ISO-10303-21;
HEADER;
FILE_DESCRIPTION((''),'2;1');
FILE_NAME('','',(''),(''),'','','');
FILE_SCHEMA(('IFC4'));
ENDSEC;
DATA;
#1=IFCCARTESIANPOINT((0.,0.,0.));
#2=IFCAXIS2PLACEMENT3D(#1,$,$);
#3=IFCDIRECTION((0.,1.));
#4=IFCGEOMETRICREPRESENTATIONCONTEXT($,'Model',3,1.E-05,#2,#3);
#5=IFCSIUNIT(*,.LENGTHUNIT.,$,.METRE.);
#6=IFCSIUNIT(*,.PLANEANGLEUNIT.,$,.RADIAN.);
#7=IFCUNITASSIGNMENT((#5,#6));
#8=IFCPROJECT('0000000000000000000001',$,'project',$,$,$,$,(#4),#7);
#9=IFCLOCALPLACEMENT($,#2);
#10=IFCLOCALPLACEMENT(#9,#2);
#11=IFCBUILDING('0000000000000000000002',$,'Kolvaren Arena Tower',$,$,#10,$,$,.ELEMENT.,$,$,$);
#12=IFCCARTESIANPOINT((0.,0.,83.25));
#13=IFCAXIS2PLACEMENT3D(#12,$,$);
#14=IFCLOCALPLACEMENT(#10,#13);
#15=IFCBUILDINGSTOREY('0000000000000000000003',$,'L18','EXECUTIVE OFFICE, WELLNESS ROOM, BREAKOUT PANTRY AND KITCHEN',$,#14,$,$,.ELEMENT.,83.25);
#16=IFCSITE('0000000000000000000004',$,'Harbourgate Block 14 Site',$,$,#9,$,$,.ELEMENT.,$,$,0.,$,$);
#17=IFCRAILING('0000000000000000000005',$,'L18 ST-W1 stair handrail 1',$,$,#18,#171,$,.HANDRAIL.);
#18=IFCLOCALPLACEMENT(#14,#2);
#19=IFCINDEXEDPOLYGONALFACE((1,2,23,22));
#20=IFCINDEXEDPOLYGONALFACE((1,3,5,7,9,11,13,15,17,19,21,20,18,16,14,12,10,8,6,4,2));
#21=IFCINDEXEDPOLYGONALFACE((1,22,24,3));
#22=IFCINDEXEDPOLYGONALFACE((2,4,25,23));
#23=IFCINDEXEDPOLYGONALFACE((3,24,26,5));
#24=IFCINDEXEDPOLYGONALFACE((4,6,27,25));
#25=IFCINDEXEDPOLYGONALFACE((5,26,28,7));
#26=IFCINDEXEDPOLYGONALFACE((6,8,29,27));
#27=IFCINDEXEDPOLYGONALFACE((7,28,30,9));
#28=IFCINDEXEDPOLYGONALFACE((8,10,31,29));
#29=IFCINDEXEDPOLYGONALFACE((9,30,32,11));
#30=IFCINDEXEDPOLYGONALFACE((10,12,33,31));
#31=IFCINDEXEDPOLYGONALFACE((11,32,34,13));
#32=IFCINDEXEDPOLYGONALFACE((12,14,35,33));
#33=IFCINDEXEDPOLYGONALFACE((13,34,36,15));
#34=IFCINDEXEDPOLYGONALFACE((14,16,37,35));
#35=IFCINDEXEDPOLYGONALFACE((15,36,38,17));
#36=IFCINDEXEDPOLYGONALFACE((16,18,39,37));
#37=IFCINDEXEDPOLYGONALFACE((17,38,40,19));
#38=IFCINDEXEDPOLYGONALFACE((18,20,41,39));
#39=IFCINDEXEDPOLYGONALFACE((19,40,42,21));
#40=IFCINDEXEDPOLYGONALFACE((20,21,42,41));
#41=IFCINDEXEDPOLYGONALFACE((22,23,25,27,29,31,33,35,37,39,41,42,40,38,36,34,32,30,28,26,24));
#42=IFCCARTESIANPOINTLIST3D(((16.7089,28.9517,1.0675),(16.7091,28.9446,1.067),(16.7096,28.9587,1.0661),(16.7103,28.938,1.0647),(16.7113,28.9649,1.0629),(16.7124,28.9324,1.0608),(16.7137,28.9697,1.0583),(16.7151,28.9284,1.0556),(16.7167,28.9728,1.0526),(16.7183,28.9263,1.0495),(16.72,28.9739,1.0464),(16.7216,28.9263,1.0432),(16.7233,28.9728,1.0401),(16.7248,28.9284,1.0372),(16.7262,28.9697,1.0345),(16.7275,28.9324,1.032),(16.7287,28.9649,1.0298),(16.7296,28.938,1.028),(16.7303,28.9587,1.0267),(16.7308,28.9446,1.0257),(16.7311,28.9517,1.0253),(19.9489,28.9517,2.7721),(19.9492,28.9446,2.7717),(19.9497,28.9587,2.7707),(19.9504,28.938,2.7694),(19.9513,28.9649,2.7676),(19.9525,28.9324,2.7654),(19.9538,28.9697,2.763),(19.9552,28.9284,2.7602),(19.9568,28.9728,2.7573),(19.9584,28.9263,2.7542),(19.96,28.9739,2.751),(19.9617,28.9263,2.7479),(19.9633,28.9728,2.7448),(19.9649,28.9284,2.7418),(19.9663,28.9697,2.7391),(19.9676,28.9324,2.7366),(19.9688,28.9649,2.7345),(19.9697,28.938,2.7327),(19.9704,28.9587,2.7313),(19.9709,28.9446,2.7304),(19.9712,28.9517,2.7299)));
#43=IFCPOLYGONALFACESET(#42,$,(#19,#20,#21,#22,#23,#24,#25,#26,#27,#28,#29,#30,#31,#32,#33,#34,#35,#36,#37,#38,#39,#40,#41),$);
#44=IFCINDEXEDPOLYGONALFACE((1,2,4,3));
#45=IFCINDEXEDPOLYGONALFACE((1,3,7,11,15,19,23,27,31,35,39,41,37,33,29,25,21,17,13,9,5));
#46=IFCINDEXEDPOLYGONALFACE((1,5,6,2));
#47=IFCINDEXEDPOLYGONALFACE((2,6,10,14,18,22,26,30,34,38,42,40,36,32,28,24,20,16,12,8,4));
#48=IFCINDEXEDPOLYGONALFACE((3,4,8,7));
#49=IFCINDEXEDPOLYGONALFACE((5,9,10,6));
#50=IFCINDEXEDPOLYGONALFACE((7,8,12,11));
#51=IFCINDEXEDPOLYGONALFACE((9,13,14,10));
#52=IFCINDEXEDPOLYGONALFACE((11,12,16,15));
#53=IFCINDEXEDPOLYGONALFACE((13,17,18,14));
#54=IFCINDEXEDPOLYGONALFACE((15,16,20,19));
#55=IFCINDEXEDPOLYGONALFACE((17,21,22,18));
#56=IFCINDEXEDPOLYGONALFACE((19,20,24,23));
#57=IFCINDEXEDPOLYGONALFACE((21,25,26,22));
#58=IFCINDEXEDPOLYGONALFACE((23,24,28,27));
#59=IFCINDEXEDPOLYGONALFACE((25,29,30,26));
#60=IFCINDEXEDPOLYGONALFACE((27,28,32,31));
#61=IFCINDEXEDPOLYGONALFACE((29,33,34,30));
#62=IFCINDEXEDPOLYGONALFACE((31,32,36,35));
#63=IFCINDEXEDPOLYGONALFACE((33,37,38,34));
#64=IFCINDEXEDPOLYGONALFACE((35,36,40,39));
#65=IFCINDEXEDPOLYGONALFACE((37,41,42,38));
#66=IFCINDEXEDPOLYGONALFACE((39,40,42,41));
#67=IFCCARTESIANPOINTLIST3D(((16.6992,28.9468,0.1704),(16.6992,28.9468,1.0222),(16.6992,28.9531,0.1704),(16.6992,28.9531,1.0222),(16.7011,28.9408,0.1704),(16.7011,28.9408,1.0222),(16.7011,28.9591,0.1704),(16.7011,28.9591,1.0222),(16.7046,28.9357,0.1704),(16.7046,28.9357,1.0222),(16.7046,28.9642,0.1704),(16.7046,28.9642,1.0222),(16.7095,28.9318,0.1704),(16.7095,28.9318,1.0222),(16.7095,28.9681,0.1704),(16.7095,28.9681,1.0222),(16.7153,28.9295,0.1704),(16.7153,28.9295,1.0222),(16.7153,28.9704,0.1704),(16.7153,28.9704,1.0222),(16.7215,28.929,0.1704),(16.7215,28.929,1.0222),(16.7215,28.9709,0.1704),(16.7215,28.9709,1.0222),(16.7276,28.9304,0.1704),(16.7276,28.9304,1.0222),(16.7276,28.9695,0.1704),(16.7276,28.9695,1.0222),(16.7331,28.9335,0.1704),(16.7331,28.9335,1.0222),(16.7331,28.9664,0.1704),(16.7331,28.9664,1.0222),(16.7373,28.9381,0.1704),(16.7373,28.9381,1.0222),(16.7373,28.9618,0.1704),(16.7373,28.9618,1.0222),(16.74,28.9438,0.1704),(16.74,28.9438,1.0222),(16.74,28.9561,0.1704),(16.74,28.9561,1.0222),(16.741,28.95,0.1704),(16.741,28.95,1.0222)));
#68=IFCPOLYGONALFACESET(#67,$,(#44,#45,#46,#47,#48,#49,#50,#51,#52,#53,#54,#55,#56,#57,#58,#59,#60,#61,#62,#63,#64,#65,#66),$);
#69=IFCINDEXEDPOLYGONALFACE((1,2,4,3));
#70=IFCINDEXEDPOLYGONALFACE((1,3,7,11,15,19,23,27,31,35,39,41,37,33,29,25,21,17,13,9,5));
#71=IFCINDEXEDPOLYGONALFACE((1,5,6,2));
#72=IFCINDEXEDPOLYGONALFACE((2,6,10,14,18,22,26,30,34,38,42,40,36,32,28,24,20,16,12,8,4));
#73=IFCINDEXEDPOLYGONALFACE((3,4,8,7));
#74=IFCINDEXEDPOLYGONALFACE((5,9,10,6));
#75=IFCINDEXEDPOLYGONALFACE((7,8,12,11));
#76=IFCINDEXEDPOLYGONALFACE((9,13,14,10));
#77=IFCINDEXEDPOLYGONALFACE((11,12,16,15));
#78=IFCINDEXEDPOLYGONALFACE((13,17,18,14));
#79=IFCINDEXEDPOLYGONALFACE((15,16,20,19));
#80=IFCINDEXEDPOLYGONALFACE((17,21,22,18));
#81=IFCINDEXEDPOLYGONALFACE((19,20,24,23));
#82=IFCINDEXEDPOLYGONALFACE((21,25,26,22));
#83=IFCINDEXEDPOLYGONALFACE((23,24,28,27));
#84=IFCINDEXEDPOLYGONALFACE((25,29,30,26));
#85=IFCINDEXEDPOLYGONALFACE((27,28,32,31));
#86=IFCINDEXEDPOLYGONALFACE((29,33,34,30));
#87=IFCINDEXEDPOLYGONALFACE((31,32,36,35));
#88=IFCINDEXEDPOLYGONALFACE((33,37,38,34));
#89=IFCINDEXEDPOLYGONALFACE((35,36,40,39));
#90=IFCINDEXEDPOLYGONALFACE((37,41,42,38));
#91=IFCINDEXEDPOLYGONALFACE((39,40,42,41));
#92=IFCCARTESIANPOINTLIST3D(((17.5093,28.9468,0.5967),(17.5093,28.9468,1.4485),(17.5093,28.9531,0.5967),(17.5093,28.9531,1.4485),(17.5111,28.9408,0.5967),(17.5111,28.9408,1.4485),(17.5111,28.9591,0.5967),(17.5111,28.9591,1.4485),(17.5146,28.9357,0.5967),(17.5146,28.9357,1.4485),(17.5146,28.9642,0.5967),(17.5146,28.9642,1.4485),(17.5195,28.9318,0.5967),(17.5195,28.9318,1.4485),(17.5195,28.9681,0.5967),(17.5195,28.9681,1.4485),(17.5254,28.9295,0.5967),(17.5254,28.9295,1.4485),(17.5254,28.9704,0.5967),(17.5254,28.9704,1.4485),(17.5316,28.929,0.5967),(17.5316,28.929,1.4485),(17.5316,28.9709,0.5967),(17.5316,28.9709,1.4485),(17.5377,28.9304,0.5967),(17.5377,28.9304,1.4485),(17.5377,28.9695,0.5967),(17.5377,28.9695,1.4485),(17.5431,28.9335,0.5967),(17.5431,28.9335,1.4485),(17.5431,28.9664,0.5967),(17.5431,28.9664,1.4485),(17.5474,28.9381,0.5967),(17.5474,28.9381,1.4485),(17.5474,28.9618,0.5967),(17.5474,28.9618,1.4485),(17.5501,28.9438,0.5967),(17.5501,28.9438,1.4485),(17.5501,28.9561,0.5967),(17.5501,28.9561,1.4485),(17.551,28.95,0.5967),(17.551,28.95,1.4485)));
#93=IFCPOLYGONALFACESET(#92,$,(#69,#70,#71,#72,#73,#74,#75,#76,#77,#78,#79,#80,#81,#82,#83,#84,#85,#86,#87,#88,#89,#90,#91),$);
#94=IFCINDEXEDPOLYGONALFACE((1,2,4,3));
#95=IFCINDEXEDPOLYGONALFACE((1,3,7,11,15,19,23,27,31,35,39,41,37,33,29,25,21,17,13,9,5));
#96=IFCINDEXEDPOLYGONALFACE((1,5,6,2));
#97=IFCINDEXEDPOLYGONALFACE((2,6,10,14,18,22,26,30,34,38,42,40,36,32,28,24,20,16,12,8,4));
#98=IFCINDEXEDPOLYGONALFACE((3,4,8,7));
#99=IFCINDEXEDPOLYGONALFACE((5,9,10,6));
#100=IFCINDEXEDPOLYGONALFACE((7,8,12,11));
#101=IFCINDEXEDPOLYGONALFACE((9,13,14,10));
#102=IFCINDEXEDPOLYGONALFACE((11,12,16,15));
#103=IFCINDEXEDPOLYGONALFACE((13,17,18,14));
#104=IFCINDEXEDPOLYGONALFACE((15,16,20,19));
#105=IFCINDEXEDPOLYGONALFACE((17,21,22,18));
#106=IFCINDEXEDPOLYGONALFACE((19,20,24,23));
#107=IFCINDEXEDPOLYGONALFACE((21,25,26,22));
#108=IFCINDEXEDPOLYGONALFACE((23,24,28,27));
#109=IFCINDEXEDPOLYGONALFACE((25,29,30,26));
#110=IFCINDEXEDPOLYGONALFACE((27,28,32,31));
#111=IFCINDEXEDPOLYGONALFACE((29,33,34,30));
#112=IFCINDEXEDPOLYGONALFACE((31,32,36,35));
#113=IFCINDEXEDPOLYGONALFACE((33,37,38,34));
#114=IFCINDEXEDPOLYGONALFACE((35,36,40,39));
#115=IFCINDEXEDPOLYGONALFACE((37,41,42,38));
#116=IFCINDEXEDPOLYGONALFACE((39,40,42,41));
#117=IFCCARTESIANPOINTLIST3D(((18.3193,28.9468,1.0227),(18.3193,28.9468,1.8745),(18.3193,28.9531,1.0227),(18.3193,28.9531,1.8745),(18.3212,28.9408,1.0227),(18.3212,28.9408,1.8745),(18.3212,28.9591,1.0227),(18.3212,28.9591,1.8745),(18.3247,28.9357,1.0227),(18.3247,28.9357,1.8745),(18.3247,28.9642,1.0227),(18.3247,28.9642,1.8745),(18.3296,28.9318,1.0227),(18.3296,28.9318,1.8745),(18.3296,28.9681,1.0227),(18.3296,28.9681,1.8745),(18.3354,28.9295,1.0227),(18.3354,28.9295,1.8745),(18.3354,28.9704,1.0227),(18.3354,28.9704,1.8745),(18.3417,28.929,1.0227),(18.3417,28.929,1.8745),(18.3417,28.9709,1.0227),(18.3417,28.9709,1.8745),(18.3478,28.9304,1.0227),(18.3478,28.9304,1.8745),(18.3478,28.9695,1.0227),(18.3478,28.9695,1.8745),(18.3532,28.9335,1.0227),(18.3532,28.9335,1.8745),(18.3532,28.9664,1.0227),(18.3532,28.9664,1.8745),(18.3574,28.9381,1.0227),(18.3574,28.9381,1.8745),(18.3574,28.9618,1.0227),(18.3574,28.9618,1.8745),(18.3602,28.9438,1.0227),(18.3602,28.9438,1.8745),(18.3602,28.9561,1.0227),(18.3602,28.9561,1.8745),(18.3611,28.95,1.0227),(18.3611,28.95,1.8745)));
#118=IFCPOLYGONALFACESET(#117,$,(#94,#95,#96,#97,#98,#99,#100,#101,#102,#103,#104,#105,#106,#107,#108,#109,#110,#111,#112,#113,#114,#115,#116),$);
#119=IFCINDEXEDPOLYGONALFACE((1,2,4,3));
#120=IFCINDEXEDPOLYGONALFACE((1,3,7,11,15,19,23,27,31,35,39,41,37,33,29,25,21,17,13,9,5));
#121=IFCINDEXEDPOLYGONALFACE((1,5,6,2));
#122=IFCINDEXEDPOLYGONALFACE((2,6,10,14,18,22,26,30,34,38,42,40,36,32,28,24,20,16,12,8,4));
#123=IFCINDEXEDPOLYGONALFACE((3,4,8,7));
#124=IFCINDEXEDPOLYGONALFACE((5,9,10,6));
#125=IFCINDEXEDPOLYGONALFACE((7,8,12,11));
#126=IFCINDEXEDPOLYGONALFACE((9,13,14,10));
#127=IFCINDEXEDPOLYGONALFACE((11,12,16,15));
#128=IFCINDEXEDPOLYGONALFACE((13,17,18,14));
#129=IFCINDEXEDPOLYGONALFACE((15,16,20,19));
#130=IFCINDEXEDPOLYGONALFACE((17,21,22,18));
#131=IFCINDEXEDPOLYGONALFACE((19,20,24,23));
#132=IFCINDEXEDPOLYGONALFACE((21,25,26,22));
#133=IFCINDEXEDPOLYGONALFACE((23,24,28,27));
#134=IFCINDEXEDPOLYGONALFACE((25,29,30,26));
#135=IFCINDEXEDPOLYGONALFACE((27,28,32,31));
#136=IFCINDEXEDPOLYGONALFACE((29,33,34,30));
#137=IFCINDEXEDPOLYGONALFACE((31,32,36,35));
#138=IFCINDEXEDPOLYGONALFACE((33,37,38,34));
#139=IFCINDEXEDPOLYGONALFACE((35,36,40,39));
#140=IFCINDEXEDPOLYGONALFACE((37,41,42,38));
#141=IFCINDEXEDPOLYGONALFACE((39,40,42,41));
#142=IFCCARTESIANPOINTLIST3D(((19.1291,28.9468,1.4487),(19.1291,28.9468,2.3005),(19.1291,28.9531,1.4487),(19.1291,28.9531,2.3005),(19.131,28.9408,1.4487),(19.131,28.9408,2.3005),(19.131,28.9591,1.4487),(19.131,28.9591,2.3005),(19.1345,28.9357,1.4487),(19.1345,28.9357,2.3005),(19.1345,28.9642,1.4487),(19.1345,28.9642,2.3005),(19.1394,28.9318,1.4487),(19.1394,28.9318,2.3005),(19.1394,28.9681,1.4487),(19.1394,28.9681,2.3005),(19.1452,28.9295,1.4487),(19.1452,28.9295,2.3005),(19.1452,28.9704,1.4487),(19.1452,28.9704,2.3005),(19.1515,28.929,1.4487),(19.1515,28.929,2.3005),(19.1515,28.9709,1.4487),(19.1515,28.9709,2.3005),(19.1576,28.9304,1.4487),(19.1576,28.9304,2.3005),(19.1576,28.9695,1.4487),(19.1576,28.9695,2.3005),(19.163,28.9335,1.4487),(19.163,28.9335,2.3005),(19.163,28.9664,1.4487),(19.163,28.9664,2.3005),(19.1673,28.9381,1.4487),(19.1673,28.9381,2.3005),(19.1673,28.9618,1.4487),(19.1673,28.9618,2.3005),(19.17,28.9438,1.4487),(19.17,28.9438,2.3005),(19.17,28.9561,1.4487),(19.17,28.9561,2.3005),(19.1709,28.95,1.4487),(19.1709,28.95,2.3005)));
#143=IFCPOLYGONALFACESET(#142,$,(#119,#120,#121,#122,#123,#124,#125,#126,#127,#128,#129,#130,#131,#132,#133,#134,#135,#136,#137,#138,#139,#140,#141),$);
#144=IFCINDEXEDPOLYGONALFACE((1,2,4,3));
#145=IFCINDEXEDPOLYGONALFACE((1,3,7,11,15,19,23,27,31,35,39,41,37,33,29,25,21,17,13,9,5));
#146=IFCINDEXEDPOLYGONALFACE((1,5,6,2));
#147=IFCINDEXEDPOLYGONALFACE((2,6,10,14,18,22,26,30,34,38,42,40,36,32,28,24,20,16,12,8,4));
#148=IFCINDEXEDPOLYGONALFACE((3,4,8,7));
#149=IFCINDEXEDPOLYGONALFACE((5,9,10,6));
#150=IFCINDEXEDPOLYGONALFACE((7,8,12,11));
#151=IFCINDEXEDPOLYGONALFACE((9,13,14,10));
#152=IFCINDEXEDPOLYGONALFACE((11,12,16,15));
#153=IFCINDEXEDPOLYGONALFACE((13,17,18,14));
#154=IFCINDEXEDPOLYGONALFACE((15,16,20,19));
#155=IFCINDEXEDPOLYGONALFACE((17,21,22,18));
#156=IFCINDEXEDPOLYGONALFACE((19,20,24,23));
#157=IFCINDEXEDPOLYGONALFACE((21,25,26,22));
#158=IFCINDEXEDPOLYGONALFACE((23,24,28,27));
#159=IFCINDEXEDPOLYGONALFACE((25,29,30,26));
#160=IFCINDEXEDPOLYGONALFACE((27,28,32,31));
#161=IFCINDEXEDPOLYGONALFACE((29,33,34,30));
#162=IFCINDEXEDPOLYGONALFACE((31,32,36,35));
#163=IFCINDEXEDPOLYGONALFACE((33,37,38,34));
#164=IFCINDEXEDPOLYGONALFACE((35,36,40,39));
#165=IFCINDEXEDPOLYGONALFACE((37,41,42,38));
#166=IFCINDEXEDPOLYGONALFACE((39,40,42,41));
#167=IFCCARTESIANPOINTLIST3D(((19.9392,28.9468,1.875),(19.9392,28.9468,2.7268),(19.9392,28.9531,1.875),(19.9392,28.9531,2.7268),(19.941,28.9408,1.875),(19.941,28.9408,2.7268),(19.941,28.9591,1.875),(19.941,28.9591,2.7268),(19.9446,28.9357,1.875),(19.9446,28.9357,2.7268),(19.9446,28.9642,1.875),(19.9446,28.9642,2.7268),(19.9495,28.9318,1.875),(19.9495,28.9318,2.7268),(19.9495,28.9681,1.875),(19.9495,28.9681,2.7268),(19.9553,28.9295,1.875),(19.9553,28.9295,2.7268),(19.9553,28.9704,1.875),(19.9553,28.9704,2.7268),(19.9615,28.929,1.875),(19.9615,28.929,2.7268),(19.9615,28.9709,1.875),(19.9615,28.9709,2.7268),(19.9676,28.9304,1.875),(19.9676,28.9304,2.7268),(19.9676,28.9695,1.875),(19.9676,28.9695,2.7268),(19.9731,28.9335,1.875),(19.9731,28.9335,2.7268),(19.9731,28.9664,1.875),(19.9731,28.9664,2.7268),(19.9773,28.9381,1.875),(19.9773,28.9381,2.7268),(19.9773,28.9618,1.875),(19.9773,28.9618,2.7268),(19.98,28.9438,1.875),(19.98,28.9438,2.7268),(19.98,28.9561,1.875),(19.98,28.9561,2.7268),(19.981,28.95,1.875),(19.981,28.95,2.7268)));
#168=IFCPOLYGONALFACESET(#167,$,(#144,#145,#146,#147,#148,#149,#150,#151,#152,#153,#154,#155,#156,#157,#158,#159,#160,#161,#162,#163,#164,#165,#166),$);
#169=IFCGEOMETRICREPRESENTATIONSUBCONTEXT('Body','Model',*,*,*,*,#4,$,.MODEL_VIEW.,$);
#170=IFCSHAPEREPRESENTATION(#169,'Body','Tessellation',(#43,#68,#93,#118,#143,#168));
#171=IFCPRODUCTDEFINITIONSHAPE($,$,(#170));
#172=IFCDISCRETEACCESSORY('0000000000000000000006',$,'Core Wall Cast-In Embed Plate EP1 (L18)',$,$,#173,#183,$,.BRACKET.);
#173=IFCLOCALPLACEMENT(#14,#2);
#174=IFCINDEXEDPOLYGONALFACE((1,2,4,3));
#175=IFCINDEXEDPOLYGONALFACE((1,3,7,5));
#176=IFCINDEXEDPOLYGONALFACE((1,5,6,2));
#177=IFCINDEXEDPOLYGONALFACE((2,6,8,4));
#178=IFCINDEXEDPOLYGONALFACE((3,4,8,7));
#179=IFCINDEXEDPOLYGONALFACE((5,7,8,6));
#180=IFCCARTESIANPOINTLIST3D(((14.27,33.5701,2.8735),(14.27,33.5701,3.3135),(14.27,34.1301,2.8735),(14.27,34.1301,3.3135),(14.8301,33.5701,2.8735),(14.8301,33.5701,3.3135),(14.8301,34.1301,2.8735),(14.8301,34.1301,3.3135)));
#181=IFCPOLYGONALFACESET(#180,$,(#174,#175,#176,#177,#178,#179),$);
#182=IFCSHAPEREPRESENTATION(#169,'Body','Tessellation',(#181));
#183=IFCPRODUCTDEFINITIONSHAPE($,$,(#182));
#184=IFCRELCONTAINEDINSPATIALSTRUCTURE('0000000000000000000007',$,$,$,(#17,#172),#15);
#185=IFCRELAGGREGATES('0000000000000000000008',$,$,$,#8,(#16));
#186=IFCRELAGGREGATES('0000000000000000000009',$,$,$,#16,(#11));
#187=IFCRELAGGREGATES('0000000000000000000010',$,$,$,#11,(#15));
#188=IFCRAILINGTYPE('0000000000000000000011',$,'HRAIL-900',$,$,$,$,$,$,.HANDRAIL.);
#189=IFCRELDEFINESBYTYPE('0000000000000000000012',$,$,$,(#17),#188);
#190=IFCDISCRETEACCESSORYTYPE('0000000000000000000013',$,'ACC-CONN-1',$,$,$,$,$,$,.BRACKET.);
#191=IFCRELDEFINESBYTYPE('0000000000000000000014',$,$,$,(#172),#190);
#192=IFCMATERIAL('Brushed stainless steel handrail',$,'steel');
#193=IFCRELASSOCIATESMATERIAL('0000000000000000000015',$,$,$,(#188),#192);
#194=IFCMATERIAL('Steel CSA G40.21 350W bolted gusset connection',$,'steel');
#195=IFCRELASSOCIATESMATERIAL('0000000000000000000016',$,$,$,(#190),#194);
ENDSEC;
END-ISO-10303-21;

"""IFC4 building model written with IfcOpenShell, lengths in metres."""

from ifc_helpers import new_model, si_unit, direction, frame, origin, origin_2d, place, context, subcontext, project, spatial, rectangle, circle, extrude, material, type_object, element, save


model = new_model("IFC4")

# Units and contexts
model_context = context("Model", 3, precision=1e-05, world=origin(), true_north=direction((0.0, 1.0)))
body_context = subcontext(model_context, "Body", "Model", "MODEL_VIEW")
ifc_project = project(units=[si_unit("LENGTHUNIT", "METRE"), si_unit("PLANEANGLEUNIT", "RADIAN")], contexts=[model_context])

# Site, building, storey
site_placement = place(None, origin())
site = spatial("IfcSite", under=ifc_project, at=site_placement, Name="Harbourgate Block 14 Site", CompositionType="ELEMENT", RefElevation=0.0)
building_placement = place(site_placement, origin())
building = spatial("IfcBuilding", under=site, at=building_placement, Name="Kolvaren Arena Tower", CompositionType="ELEMENT")
storey_placement = place(building_placement, frame((0.0, 0.0, 83.25)))
storey = spatial("IfcBuildingStorey", under=building, at=storey_placement, Name="L18", Description="EXECUTIVE OFFICE, WELLNESS ROOM, BREAKOUT PANTRY AND KITCHEN", CompositionType="ELEMENT", Elevation=83.25)

# Railing
ifc_material_1 = material(Name="Brushed stainless steel handrail", Category="steel")
railing_type_1 = type_object("IfcRailingType", Name="HRAIL-900", PredefinedType="HANDRAIL", material=ifc_material_1)
railing_1_placement = place(storey_placement, frame((16.72, 28.95, 0.1704)))
element("IfcRailing", 1, at=railing_1_placement, inside=storey, type_object=railing_type_1, Name="L18 ST-W1 stair handrail 1", PredefinedType="HANDRAIL", context=body_context, shape_type="SweptSolid", body=[
    extrude(circle(Radius=0.0239, at=origin_2d()), frame((0.0, 0.0, 0.876), z_axis=(0.884993, 0.0, 0.465604), x_axis=(0.0, 1.0, 0.0)), (0.0, 0.0, 1.0), 3.6611),
    extrude(circle(Radius=0.021, at=origin_2d()), origin(), (0.0, 0.0, 1.0), 0.8518),
    extrude(circle(Radius=0.021, at=origin_2d()), frame((0.8101, 0.0, 0.4263)), (0.0, 0.0, 1.0), 0.8518),
    extrude(circle(Radius=0.021, at=origin_2d()), frame((1.6201, 0.0, 0.8523)), (0.0, 0.0, 1.0), 0.8518),
    extrude(circle(Radius=0.021, at=origin_2d()), frame((2.4299, 0.0, 1.2783)), (0.0, 0.0, 1.0), 0.8518),
    extrude(circle(Radius=0.021, at=origin_2d()), frame((3.24, 0.0, 1.7046)), (0.0, 0.0, 1.0), 0.8518),
])

# Discrete accessory
ifc_material_2 = material(Name="Steel CSA G40.21 350W bolted gusset connection", Category="steel")
discrete_accessory_type = type_object("IfcDiscreteAccessoryType", Name="ACC-CONN-1", PredefinedType="BRACKET", material=ifc_material_2)
discrete_accessory_placement = place(storey_placement, frame((14.55, 33.8501, 2.8735), z_axis=(0.0, 0.0, 1.0), x_axis=(1.0, 0.0, 0.0)))
element("IfcDiscreteAccessory", 2, at=discrete_accessory_placement, inside=storey, type_object=discrete_accessory_type, Name="Core Wall Cast-In Embed Plate EP1 (L18)", PredefinedType="BRACKET", context=body_context, shape_type="SweptSolid", body=[
    extrude(rectangle(XDim=0.5601, YDim=0.5601, at=origin_2d()), origin(), (0.0, 0.0, 1.0), 0.4399),
])

save(model, "model.ifc")
